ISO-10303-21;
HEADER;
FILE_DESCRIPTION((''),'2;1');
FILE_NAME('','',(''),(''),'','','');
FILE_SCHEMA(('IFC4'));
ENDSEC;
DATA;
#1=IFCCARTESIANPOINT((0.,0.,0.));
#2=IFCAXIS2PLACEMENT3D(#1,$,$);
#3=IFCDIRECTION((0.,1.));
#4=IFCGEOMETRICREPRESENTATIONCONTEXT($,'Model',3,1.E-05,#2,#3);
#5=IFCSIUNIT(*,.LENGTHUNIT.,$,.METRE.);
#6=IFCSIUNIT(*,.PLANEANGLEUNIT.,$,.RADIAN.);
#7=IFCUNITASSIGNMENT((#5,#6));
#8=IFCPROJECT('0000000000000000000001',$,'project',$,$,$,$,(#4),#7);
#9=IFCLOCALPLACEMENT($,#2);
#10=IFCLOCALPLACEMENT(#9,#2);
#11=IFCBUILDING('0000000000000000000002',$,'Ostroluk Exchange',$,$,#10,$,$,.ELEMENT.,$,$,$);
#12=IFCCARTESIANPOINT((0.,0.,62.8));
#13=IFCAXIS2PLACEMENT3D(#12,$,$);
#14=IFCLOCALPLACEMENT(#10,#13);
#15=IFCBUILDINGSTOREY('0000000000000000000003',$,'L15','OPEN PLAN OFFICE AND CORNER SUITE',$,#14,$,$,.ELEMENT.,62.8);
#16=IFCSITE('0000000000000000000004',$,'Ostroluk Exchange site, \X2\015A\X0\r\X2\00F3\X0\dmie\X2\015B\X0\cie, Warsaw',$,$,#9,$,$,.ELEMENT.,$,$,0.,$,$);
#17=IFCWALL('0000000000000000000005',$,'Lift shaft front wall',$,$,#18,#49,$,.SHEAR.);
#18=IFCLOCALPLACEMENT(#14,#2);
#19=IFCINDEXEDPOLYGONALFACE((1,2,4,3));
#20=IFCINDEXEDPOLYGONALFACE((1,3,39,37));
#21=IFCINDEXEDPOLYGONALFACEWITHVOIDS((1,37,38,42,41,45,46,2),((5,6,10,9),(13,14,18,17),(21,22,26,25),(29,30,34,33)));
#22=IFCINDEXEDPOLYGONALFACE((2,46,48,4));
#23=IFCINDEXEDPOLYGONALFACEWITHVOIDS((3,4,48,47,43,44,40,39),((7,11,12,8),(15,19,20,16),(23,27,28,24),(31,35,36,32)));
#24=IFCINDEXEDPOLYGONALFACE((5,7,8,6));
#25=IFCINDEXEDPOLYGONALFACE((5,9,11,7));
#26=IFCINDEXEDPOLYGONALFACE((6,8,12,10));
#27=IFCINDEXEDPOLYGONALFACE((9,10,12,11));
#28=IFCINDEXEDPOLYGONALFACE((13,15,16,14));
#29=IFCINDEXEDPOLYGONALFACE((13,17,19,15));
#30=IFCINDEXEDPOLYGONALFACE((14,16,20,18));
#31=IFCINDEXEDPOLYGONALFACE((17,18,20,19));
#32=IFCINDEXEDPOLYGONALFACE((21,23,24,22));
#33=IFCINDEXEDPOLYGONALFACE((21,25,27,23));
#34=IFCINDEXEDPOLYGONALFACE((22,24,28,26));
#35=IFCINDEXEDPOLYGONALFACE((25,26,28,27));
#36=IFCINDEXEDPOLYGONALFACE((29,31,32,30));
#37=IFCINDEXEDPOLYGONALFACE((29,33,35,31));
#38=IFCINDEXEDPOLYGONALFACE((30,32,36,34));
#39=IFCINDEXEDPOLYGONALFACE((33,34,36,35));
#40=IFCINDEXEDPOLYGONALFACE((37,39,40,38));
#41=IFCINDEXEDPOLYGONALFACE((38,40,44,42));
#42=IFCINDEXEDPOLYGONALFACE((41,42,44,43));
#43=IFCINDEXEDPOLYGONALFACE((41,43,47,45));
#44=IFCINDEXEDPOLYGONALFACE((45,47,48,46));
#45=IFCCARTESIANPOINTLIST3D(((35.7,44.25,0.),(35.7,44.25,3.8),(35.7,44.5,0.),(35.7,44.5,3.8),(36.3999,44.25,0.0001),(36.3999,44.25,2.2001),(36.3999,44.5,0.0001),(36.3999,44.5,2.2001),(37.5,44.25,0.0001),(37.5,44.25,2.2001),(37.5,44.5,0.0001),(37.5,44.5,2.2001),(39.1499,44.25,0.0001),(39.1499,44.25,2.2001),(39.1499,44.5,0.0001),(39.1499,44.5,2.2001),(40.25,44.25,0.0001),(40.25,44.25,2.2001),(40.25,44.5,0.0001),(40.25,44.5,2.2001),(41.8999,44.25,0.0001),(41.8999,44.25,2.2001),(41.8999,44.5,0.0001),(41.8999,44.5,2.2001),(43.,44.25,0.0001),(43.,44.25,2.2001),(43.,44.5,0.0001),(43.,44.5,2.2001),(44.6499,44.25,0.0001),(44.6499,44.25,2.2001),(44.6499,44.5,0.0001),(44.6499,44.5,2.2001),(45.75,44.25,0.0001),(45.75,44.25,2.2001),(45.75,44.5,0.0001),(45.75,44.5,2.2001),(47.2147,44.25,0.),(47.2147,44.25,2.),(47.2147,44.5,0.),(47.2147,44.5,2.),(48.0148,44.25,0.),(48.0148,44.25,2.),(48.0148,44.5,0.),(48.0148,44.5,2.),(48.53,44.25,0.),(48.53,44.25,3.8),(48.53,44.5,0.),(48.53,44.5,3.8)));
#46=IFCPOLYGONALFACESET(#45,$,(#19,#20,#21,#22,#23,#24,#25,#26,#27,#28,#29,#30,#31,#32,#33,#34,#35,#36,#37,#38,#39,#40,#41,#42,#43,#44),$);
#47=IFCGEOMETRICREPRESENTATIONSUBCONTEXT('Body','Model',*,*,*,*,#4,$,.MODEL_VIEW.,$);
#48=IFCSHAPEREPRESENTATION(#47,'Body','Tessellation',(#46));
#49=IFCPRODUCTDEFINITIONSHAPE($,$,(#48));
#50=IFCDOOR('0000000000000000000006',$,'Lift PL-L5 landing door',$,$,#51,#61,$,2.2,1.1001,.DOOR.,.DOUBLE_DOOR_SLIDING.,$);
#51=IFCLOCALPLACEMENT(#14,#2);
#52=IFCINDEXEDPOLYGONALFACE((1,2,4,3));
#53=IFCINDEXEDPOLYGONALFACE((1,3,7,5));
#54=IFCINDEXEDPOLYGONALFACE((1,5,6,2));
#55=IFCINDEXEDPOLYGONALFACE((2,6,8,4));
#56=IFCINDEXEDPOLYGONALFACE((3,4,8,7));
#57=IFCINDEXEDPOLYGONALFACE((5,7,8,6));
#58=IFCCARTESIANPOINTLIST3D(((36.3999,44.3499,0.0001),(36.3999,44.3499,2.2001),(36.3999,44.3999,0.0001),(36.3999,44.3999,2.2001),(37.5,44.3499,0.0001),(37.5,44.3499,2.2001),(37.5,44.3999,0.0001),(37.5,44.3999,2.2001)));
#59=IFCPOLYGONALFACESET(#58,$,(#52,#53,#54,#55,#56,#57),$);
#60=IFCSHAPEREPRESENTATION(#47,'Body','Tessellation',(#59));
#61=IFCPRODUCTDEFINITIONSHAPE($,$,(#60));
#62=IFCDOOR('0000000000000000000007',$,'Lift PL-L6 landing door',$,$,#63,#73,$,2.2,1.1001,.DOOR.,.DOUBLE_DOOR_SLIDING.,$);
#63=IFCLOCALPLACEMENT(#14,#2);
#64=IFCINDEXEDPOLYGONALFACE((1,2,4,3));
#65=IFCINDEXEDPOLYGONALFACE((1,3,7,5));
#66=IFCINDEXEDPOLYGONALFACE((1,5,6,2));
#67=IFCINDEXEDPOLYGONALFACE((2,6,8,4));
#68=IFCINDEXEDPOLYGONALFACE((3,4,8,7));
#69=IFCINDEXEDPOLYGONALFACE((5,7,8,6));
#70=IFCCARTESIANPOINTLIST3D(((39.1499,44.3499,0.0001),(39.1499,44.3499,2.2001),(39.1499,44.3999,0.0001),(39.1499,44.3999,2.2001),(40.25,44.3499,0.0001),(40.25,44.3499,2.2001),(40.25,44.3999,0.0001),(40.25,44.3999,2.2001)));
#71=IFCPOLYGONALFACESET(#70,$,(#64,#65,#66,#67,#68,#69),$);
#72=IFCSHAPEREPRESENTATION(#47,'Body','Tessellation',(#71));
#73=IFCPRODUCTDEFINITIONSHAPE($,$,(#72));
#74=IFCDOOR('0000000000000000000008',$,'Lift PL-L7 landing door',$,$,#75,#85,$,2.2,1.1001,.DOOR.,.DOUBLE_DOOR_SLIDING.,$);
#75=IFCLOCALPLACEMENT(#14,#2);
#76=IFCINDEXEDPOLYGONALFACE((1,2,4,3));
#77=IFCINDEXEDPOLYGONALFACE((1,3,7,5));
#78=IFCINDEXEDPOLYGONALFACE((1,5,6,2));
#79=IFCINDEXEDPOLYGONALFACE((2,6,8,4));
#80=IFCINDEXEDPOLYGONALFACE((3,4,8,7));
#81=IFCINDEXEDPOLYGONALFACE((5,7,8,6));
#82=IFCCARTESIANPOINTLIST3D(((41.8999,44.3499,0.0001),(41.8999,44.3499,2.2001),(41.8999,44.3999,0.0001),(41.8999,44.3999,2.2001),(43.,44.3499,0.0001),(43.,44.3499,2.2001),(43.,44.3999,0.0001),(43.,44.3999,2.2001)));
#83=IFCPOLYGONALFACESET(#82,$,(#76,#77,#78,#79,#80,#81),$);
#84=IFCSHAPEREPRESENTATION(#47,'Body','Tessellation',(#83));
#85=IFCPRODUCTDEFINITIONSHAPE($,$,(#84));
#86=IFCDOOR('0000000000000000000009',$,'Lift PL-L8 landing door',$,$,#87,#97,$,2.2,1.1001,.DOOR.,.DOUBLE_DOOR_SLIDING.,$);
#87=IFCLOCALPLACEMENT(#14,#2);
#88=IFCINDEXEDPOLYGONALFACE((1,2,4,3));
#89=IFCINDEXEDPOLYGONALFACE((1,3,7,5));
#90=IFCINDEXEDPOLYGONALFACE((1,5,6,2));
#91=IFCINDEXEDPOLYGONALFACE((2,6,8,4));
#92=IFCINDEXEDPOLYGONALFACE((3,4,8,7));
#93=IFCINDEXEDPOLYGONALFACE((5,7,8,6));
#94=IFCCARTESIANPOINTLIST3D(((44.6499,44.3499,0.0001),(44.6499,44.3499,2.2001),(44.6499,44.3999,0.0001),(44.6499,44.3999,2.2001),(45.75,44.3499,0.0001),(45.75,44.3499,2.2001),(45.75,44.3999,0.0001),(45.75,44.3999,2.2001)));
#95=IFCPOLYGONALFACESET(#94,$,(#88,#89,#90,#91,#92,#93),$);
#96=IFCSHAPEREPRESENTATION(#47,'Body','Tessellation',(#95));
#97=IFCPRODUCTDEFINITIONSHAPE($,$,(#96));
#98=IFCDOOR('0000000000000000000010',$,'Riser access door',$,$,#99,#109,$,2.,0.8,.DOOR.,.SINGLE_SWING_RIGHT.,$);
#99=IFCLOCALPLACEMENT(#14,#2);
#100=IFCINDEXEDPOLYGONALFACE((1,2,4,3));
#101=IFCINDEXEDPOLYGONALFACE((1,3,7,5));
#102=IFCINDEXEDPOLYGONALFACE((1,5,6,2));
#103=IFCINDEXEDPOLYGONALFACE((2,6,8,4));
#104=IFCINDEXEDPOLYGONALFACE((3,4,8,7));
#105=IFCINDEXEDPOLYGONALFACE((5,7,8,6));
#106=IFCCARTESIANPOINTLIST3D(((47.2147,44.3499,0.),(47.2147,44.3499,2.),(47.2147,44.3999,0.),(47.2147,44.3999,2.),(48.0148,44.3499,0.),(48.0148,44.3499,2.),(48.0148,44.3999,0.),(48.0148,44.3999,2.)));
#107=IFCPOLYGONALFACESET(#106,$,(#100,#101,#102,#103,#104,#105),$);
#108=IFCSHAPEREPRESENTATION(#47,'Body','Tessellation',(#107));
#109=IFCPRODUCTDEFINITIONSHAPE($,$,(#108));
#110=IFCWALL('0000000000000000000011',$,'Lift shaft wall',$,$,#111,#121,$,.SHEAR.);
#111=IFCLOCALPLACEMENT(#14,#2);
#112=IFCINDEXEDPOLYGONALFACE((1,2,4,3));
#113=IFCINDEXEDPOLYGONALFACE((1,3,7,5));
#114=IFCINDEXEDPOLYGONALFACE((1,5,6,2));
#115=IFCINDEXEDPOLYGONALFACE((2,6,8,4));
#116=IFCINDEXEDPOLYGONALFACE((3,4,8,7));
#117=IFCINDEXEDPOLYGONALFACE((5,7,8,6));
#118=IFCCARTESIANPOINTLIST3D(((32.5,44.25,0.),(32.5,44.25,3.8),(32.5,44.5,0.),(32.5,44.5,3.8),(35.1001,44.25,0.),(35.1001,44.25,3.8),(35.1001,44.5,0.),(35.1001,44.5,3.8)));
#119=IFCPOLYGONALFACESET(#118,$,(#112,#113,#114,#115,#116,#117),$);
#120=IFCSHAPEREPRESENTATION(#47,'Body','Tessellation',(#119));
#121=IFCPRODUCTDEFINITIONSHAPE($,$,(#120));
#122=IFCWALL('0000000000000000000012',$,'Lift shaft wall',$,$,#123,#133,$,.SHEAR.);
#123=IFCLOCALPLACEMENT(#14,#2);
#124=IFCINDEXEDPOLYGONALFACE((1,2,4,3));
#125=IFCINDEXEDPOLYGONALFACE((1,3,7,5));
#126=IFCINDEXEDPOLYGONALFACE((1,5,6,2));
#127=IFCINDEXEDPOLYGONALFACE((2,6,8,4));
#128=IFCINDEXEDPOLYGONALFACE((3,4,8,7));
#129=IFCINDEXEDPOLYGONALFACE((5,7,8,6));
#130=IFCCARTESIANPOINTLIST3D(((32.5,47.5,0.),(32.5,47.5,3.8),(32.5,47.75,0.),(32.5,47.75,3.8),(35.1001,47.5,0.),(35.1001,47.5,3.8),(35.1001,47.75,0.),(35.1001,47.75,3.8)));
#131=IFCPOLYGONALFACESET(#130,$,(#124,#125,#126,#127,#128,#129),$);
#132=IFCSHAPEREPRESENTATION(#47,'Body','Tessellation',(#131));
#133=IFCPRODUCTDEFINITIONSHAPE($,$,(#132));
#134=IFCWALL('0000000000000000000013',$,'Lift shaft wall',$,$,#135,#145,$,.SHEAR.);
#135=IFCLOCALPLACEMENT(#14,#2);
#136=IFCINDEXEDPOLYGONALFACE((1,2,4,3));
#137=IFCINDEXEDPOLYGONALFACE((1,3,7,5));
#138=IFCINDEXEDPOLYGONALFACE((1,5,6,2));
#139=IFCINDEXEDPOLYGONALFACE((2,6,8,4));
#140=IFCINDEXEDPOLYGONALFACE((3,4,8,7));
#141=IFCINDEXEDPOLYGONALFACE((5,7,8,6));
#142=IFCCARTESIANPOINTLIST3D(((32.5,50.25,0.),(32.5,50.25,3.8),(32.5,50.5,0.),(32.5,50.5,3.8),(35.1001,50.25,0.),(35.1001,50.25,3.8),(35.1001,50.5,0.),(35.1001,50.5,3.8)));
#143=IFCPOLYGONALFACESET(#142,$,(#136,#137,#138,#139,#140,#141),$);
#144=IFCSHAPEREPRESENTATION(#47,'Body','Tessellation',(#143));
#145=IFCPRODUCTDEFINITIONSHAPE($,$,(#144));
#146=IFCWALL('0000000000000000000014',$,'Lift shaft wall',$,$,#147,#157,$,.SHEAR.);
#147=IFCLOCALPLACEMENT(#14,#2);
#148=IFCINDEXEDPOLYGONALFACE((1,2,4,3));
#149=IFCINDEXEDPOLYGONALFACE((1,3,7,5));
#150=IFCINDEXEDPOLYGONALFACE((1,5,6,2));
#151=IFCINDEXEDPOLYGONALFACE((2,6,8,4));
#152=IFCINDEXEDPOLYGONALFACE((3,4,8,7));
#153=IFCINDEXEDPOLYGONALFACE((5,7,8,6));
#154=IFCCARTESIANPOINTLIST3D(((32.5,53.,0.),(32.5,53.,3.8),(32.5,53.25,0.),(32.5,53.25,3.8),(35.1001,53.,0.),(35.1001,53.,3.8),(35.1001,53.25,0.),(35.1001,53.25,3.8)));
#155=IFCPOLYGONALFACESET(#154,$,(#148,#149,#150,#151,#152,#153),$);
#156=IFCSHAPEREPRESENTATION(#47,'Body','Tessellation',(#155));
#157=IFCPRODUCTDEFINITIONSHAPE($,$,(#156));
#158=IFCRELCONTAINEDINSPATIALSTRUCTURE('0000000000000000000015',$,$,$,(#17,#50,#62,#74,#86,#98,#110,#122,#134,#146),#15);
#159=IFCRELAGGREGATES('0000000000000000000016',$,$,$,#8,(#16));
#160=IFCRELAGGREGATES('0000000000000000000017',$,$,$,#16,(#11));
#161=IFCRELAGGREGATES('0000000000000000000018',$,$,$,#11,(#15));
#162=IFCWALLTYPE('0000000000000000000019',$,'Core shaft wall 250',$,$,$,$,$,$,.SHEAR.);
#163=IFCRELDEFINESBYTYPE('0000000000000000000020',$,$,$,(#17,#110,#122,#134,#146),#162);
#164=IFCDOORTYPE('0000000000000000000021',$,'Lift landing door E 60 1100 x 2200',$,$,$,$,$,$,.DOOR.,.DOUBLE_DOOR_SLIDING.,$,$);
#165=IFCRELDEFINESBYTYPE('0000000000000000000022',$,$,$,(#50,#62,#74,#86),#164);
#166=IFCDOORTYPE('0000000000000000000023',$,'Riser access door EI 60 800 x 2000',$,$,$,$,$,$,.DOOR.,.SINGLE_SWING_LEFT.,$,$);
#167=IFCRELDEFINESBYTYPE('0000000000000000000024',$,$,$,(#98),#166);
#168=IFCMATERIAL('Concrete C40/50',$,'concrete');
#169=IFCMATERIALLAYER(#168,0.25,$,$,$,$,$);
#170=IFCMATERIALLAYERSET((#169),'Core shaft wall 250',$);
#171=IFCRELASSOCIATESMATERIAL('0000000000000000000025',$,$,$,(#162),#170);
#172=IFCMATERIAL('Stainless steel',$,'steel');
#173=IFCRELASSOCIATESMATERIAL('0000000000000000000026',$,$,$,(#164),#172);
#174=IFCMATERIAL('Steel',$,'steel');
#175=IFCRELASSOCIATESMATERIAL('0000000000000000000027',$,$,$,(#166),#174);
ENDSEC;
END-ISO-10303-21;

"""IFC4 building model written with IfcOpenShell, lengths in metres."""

from ifc_helpers import new_model, si_unit, direction, frame, frame_2d, origin, place, context, subcontext, project, spatial, rectangle, extrude, material, layer, layer_set, type_object, element, fill, save


model = new_model("IFC4")

# Units and contexts
model_context = context("Model", 3, precision=1e-05, world=origin(), true_north=direction((0.0, 1.0)))
body_context = subcontext(model_context, "Body", "Model", "MODEL_VIEW")
ifc_project = project(units=[si_unit("LENGTHUNIT", "METRE"), si_unit("PLANEANGLEUNIT", "RADIAN")], contexts=[model_context])

# Site, building, storey
site_placement = place(None, origin())
site = spatial("IfcSite", under=ifc_project, at=site_placement, Name="Ostroluk Exchange site, Śródmieście, Warsaw", CompositionType="ELEMENT", RefElevation=0.0)
building_placement = place(site_placement, origin())
building = spatial("IfcBuilding", under=site, at=building_placement, Name="Ostroluk Exchange", CompositionType="ELEMENT")
storey_placement = place(building_placement, frame((0.0, 0.0, 62.8)))
storey = spatial("IfcBuildingStorey", under=building, at=storey_placement, Name="L15", Description="OPEN PLAN OFFICE AND CORNER SUITE", CompositionType="ELEMENT", Elevation=62.8)

# Shared definitions
ifc_material_1 = material(Name="Concrete C40/50", Category="concrete")
ifc_layer_1 = layer(ifc_material_1, 0.25)
ifc_layer_set_1 = layer_set([ifc_layer_1], Name="Core shaft wall 250")
wall_type_1 = type_object("IfcWallType", Name="Core shaft wall 250", PredefinedType="SHEAR", material=ifc_layer_set_1)

# Wall, openings, doors
ifc_material_2 = material(Name="Stainless steel", Category="steel")
door_type_1 = type_object("IfcDoorType", Name="Lift landing door E 60 1100 x 2200", OperationType="DOUBLE_DOOR_SLIDING", PredefinedType="DOOR", material=ifc_material_2)
ifc_material_3 = material(Name="Steel", Category="steel")
door_type_2 = type_object("IfcDoorType", Name="Riser access door EI 60 800 x 2000", OperationType="SINGLE_SWING_LEFT", PredefinedType="DOOR", material=ifc_material_3)
wall_1_placement = place(storey_placement, frame((35.7, 44.375, 0.0), z_axis=(0.0, 0.0, 1.0), x_axis=(1.0, 0.0, 0.0)))
wall_1 = element("IfcWall", 1, at=wall_1_placement, inside=storey, type_object=wall_type_1, Name="Lift shaft front wall", PredefinedType="SHEAR", context=body_context, shape_type="SweptSolid", body=[
    extrude(rectangle(XDim=12.8301, YDim=0.25, at=frame_2d((6.415, 0.0))), origin(), (0.0, 0.0, 1.0), 3.8),
])
opening_1_placement = place(wall_1_placement, frame((0.7, 0.0, 0.0)))
opening_1 = element("IfcOpeningElement", 2, at=opening_1_placement, cuts=wall_1, PredefinedType="OPENING", context=body_context, shape_type="SweptSolid", body=[
    extrude(rectangle(XDim=1.1001, YDim=2.2, at=frame_2d((0.55, 1.1001))), frame((0.0, 0.135, 0.0), z_axis=(0.0, -1.0, 0.0), x_axis=(1.0, 0.0, 0.0)), (0.0, 0.0, 1.0), 0.27),
])
opening_2_placement = place(wall_1_placement, frame((3.45, 0.0, 0.0)))
opening_2 = element("IfcOpeningElement", 3, at=opening_2_placement, cuts=wall_1, PredefinedType="OPENING", context=body_context, shape_type="SweptSolid", body=[
    extrude(rectangle(XDim=1.1001, YDim=2.2, at=frame_2d((0.55, 1.1001))), frame((0.0, 0.135, 0.0), z_axis=(0.0, -1.0, 0.0), x_axis=(1.0, 0.0, 0.0)), (0.0, 0.0, 1.0), 0.27),
])
opening_3_placement = place(wall_1_placement, frame((6.2, 0.0, 0.0)))
opening_3 = element("IfcOpeningElement", 4, at=opening_3_placement, cuts=wall_1, PredefinedType="OPENING", context=body_context, shape_type="SweptSolid", body=[
    extrude(rectangle(XDim=1.1001, YDim=2.2, at=frame_2d((0.55, 1.1001))), frame((0.0, 0.135, 0.0), z_axis=(0.0, -1.0, 0.0), x_axis=(1.0, 0.0, 0.0)), (0.0, 0.0, 1.0), 0.27),
])
opening_4_placement = place(wall_1_placement, frame((8.95, 0.0, 0.0)))
opening_4 = element("IfcOpeningElement", 5, at=opening_4_placement, cuts=wall_1, PredefinedType="OPENING", context=body_context, shape_type="SweptSolid", body=[
    extrude(rectangle(XDim=1.1001, YDim=2.2, at=frame_2d((0.55, 1.1001))), frame((0.0, 0.135, 0.0), z_axis=(0.0, -1.0, 0.0), x_axis=(1.0, 0.0, 0.0)), (0.0, 0.0, 1.0), 0.27),
])
opening_5_placement = place(wall_1_placement, frame((11.5149, 0.0, 0.0)))
opening_5 = element("IfcOpeningElement", 6, at=opening_5_placement, cuts=wall_1, PredefinedType="OPENING", context=body_context, shape_type="SweptSolid", body=[
    extrude(rectangle(XDim=0.8, YDim=2.0, at=frame_2d((0.3999, 1.0))), frame((0.0, 0.135, 0.0), z_axis=(0.0, -1.0, 0.0), x_axis=(1.0, 0.0, 0.0)), (0.0, 0.0, 1.0), 0.27),
])
door_1_placement = place(opening_1_placement, origin())
door_1 = element("IfcDoor", 7, at=door_1_placement, inside=storey, type_object=door_type_1, Name="Lift PL-L5 landing door", OperationType="DOUBLE_DOOR_SLIDING", OverallHeight=2.2, OverallWidth=1.1001, PredefinedType="DOOR", context=body_context, shape_type="SweptSolid", body=[
    extrude(rectangle(XDim=1.1001, YDim=2.2, at=frame_2d((0.55, 1.1001))), frame((0.0, 0.0249, 0.0), z_axis=(0.0, -1.0, 0.0), x_axis=(1.0, 0.0, 0.0)), (0.0, 0.0, 1.0), 0.05),
])
fill(opening_1, door_1)
door_2_placement = place(opening_2_placement, origin())
door_2 = element("IfcDoor", 8, at=door_2_placement, inside=storey, type_object=door_type_1, Name="Lift PL-L6 landing door", OperationType="DOUBLE_DOOR_SLIDING", OverallHeight=2.2, OverallWidth=1.1001, PredefinedType="DOOR", context=body_context, shape_type="SweptSolid", body=[
    extrude(rectangle(XDim=1.1001, YDim=2.2, at=frame_2d((0.55, 1.1001))), frame((0.0, 0.0249, 0.0), z_axis=(0.0, -1.0, 0.0), x_axis=(1.0, 0.0, 0.0)), (0.0, 0.0, 1.0), 0.05),
])
fill(opening_2, door_2)
door_3_placement = place(opening_3_placement, origin())
door_3 = element("IfcDoor", 9, at=door_3_placement, inside=storey, type_object=door_type_1, Name="Lift PL-L7 landing door", OperationType="DOUBLE_DOOR_SLIDING", OverallHeight=2.2, OverallWidth=1.1001, PredefinedType="DOOR", context=body_context, shape_type="SweptSolid", body=[
    extrude(rectangle(XDim=1.1001, YDim=2.2, at=frame_2d((0.55, 1.1001))), frame((0.0, 0.0249, 0.0), z_axis=(0.0, -1.0, 0.0), x_axis=(1.0, 0.0, 0.0)), (0.0, 0.0, 1.0), 0.05),
])
fill(opening_3, door_3)
door_4_placement = place(opening_4_placement, origin())
door_4 = element("IfcDoor", 10, at=door_4_placement, inside=storey, type_object=door_type_1, Name="Lift PL-L8 landing door", OperationType="DOUBLE_DOOR_SLIDING", OverallHeight=2.2, OverallWidth=1.1001, PredefinedType="DOOR", context=body_context, shape_type="SweptSolid", body=[
    extrude(rectangle(XDim=1.1001, YDim=2.2, at=frame_2d((0.55, 1.1001))), frame((0.0, 0.0249, 0.0), z_axis=(0.0, -1.0, 0.0), x_axis=(1.0, 0.0, 0.0)), (0.0, 0.0, 1.0), 0.05),
])
fill(opening_4, door_4)
door_5_placement = place(opening_5_placement, origin())
door_5 = element("IfcDoor", 11, at=door_5_placement, inside=storey, type_object=door_type_2, Name="Riser access door", OperationType="SINGLE_SWING_RIGHT", OverallHeight=2.0, OverallWidth=0.8, PredefinedType="DOOR", context=body_context, shape_type="SweptSolid", body=[
    extrude(rectangle(XDim=0.8, YDim=2.0, at=frame_2d((0.3999, 1.0))), frame((0.0, 0.0249, 0.0), z_axis=(0.0, -1.0, 0.0), x_axis=(1.0, 0.0, 0.0)), (0.0, 0.0, 1.0), 0.05),
])
fill(opening_5, door_5)

# Walls
for number, where, z_axis, x_axis, name in (
    (12, (32.5, 44.375, 0.0), (0.0, 0.0, 1.0), (1.0, 0.0, 0.0), "Lift shaft wall"),
    (13, (32.5, 47.625, 0.0), (0.0, 0.0, 1.0), (1.0, 0.0, 0.0), "Lift shaft wall"),
    (14, (32.5, 50.375, 0.0), (0.0, 0.0, 1.0), (1.0, 0.0, 0.0), "Lift shaft wall"),
    (15, (32.5, 53.125, 0.0), (0.0, 0.0, 1.0), (1.0, 0.0, 0.0), "Lift shaft wall"),
):
    element("IfcWall", number, at=place(storey_placement, frame(where, z_axis=z_axis, x_axis=x_axis)), inside=storey, type_object=wall_type_1, Name=name, PredefinedType="SHEAR", context=body_context, shape_type="SweptSolid", body=[
        extrude(rectangle(XDim=2.6001, YDim=0.25, at=frame_2d((1.3, 0.0))), origin(), (0.0, 0.0, 1.0), 3.8),
    ])

save(model, "model.ifc")
